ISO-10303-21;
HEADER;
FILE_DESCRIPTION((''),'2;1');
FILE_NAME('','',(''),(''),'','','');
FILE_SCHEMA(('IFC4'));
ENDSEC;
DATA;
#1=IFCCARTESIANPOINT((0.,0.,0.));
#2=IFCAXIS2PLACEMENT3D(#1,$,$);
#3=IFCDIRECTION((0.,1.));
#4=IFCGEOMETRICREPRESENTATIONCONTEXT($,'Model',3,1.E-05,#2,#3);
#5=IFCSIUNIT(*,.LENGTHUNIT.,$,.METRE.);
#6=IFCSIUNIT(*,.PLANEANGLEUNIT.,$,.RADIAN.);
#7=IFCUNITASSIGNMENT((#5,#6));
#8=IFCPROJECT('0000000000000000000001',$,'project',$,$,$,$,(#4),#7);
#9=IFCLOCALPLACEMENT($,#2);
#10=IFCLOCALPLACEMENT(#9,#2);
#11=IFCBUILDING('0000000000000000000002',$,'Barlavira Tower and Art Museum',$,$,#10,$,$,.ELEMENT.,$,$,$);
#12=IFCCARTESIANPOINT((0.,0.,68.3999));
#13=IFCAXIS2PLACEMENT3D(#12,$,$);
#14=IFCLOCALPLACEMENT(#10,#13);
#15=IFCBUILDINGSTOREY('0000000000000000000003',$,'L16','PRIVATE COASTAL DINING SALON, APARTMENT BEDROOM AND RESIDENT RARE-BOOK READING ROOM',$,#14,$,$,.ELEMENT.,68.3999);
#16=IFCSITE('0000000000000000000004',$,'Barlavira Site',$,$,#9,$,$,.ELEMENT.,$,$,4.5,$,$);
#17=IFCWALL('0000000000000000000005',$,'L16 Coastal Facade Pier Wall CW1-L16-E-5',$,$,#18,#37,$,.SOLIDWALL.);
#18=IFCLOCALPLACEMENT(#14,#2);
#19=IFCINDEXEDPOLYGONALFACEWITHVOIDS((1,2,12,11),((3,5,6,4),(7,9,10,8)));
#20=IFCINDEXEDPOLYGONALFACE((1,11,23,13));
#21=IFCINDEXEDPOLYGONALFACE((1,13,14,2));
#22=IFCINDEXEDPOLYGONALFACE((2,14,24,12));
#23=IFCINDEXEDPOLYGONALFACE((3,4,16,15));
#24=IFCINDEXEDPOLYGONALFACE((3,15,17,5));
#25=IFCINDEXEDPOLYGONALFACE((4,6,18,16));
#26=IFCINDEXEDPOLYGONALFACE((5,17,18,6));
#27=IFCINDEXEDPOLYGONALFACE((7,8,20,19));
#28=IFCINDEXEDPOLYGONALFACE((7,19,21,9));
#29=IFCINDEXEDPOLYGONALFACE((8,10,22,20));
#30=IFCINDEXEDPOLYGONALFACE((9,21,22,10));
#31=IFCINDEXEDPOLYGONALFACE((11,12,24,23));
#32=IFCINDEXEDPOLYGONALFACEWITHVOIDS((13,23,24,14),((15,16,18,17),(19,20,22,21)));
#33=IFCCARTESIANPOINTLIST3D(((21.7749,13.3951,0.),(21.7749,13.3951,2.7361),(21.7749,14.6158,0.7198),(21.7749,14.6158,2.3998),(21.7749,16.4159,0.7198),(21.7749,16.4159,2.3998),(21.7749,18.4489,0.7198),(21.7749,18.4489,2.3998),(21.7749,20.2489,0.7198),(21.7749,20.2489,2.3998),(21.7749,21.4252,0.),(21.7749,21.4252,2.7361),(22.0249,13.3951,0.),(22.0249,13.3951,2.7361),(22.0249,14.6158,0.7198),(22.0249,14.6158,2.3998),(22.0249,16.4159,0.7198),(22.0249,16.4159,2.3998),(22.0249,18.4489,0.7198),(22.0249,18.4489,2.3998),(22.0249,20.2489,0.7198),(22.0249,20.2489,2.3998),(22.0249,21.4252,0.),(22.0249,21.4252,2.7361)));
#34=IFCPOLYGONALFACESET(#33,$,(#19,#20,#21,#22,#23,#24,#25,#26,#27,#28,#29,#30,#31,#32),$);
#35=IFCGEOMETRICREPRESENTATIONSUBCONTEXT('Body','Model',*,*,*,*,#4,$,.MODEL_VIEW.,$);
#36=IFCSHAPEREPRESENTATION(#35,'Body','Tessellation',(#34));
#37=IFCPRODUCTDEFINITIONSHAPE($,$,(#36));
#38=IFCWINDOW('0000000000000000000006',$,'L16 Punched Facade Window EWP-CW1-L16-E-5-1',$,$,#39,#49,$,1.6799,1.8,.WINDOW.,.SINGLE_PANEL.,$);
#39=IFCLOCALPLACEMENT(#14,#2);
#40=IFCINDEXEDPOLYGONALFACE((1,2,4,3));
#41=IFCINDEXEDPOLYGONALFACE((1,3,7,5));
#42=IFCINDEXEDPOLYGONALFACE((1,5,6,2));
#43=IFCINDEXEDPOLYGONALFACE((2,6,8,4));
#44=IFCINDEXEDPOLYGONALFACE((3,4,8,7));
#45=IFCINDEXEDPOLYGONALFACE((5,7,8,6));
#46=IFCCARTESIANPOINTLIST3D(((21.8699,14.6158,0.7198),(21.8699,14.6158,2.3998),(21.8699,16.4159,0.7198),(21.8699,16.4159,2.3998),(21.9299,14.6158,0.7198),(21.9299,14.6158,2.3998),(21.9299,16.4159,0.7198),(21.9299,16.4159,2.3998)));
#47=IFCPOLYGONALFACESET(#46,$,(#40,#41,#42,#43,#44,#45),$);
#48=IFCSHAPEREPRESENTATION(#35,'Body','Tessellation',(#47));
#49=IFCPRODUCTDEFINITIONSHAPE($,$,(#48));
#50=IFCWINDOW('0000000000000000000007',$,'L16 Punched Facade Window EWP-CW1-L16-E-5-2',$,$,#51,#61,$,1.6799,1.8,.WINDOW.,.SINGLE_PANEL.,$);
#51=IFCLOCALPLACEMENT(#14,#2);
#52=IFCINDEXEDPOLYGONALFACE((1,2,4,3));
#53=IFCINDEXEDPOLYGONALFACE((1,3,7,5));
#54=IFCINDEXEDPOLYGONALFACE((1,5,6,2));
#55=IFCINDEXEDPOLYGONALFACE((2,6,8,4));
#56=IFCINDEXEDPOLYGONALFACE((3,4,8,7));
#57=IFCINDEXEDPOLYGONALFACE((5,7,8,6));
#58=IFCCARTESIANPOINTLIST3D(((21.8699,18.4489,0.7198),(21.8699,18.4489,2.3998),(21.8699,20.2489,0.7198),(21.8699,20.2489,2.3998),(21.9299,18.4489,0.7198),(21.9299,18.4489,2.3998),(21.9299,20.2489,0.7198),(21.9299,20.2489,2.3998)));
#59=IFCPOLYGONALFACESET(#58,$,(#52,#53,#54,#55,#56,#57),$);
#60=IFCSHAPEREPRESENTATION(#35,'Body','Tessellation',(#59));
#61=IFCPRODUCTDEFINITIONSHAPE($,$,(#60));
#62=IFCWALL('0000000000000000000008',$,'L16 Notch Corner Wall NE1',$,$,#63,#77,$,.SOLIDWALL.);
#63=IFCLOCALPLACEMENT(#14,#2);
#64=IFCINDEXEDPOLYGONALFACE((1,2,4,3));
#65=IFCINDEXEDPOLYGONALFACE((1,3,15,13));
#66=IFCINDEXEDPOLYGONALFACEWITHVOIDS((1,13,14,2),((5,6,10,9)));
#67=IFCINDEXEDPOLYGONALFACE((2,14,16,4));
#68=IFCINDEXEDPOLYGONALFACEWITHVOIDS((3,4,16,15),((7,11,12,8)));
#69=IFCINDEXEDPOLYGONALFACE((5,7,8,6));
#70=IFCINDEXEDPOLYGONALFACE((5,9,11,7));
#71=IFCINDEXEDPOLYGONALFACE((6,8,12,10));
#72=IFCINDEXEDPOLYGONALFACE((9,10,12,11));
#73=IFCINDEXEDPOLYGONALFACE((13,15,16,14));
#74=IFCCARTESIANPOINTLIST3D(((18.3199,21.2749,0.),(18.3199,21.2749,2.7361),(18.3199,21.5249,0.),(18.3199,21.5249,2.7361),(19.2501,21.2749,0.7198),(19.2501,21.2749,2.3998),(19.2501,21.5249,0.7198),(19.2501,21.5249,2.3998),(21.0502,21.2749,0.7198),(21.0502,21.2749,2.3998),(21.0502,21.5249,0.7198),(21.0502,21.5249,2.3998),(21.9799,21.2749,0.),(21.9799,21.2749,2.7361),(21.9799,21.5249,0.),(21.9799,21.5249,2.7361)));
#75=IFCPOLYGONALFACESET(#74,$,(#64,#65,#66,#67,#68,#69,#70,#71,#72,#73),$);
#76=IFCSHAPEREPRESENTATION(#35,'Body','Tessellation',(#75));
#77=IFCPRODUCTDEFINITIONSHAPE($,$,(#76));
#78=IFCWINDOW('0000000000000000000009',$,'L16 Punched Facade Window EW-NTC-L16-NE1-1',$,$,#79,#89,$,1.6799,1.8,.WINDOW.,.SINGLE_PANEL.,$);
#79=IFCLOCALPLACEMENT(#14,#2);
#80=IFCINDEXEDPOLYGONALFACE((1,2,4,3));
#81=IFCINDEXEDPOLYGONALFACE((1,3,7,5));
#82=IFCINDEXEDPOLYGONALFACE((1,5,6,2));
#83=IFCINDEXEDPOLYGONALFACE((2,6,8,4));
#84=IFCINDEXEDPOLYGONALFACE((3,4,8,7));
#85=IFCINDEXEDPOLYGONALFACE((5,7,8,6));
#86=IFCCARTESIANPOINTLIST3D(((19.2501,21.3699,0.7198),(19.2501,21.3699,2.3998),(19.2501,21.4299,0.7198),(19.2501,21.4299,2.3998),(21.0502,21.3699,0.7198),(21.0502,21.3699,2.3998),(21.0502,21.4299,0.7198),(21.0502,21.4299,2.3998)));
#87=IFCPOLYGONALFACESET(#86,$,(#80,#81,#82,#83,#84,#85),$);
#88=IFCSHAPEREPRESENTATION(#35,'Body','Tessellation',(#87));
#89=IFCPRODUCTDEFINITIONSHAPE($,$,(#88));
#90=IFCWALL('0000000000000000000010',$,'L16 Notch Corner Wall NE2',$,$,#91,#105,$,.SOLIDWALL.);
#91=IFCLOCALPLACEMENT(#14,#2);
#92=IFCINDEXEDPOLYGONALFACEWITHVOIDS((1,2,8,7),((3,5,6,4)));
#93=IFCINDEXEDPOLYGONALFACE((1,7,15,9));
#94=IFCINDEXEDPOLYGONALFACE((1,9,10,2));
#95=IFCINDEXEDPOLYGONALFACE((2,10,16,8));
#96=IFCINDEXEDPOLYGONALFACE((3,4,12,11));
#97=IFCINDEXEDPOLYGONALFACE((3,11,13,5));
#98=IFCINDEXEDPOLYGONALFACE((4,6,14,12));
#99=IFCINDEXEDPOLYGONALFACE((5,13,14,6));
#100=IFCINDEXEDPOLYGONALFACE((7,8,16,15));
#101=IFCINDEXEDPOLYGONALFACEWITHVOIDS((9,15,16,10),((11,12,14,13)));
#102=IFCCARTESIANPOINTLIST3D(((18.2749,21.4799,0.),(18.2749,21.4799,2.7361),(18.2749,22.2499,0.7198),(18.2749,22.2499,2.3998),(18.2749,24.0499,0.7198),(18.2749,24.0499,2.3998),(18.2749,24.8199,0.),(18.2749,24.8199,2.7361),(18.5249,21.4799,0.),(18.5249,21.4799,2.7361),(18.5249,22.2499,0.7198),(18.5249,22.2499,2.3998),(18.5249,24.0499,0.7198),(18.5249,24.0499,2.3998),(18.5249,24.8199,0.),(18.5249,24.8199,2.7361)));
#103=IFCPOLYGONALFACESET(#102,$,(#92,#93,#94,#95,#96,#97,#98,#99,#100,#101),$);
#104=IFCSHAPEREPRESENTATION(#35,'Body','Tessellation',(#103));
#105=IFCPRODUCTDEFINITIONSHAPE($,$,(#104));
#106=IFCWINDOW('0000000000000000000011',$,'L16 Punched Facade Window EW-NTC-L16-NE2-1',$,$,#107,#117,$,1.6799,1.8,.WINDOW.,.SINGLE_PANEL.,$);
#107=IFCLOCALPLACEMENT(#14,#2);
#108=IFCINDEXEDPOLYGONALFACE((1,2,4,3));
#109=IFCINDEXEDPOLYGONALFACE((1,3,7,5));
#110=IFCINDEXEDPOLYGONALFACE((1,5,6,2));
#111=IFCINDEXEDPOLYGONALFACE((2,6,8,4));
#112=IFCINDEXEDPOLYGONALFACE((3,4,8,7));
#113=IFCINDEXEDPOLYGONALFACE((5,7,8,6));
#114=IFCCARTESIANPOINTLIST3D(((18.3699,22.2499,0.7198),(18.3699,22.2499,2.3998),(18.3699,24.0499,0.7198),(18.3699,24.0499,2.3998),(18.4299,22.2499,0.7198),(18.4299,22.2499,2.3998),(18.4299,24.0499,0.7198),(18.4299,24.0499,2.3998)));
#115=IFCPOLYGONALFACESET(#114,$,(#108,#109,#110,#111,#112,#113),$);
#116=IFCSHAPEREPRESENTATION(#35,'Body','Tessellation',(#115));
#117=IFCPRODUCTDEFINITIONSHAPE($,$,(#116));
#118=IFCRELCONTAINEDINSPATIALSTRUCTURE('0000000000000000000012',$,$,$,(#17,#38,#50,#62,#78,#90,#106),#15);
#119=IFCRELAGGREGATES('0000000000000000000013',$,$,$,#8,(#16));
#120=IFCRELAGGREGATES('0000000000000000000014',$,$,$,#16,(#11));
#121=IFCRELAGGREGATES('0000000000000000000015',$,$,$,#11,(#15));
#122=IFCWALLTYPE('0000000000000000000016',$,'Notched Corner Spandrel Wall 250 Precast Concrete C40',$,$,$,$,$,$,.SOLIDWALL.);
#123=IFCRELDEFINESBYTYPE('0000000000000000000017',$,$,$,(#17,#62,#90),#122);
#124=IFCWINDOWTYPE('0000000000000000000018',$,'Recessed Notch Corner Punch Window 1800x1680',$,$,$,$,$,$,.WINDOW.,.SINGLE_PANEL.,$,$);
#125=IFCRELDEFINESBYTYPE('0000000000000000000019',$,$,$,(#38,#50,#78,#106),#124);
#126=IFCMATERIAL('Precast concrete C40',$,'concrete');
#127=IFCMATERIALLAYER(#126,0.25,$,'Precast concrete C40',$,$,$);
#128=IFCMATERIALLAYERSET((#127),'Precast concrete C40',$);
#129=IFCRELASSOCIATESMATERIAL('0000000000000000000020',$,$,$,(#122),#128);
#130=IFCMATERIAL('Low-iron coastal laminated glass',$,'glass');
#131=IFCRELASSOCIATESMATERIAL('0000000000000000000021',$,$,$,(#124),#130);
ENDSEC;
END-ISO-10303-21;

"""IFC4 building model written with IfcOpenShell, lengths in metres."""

from ifc_helpers import new_model, si_unit, direction, frame, frame_2d, origin, place, context, subcontext, project, spatial, rectangle, extrude, material, layer, layer_set, type_object, element, fill, save


model = new_model("IFC4")

# Units and contexts
model_context = context("Model", 3, precision=1e-05, world=origin(), true_north=direction((0.0, 1.0)))
body_context = subcontext(model_context, "Body", "Model", "MODEL_VIEW")
ifc_project = project(units=[si_unit("LENGTHUNIT", "METRE"), si_unit("PLANEANGLEUNIT", "RADIAN")], contexts=[model_context])

# Site, building, storey
site_placement = place(None, origin())
site = spatial("IfcSite", under=ifc_project, at=site_placement, Name="Barlavira Site", CompositionType="ELEMENT", RefElevation=4.5)
building_placement = place(site_placement, origin())
building = spatial("IfcBuilding", under=site, at=building_placement, Name="Barlavira Tower and Art Museum", CompositionType="ELEMENT")
storey_placement = place(building_placement, frame((0.0, 0.0, 68.3999)))
storey = spatial("IfcBuildingStorey", under=building, at=storey_placement, Name="L16", Description="PRIVATE COASTAL DINING SALON, APARTMENT BEDROOM AND RESIDENT RARE-BOOK READING ROOM", CompositionType="ELEMENT", Elevation=68.3999)

# Shared definitions
ifc_material_1 = material(Name="Precast concrete C40", Category="concrete")
ifc_layer_1 = layer(ifc_material_1, 0.25, Name="Precast concrete C40")
ifc_layer_set_1 = layer_set([ifc_layer_1], Name="Precast concrete C40")
wall_type_1 = type_object("IfcWallType", Name="Notched Corner Spandrel Wall 250 Precast Concrete C40", PredefinedType="SOLIDWALL", material=ifc_layer_set_1)
ifc_material_2 = material(Name="Low-iron coastal laminated glass", Category="glass")
window_type = type_object("IfcWindowType", Name="Recessed Notch Corner Punch Window 1800x1680", PartitioningType="SINGLE_PANEL", PredefinedType="WINDOW", material=ifc_material_2)

# Wall, openings, windows
wall_1_placement = place(storey_placement, frame((21.8999, 13.395, 0.0), z_axis=(0.0, 0.0, 1.0), x_axis=(0.0, 1.0, 0.0)))
wall_1 = element("IfcWall", 1, at=wall_1_placement, inside=storey, type_object=wall_type_1, Name="L16 Coastal Facade Pier Wall CW1-L16-E-5", PredefinedType="SOLIDWALL", context=body_context, shape_type="SweptSolid", body=[
    extrude(rectangle(XDim=8.03, YDim=0.25, at=frame_2d((4.0151, 0.0))), origin(), (0.0, 0.0, 1.0), 2.7361),
])
opening_1_placement = place(wall_1_placement, frame((1.2209, 0.0, 0.72)))
opening_1 = element("IfcOpeningElement", 2, at=opening_1_placement, cuts=wall_1, PredefinedType="OPENING", context=body_context, shape_type="SweptSolid", body=[
    extrude(rectangle(XDim=1.8, YDim=1.6799, at=frame_2d((0.8999, 0.8398))), frame((0.0, 0.135, 0.0), z_axis=(0.0, -1.0, 0.0), x_axis=(1.0, 0.0, 0.0)), (0.0, 0.0, 1.0), 0.27),
])
opening_2_placement = place(wall_1_placement, frame((5.054, 0.0, 0.72)))
opening_2 = element("IfcOpeningElement", 3, at=opening_2_placement, cuts=wall_1, PredefinedType="OPENING", context=body_context, shape_type="SweptSolid", body=[
    extrude(rectangle(XDim=1.8, YDim=1.6799, at=frame_2d((0.8999, 0.8398))), frame((0.0, 0.135, 0.0), z_axis=(0.0, -1.0, 0.0), x_axis=(1.0, 0.0, 0.0)), (0.0, 0.0, 1.0), 0.27),
])
window_1_placement = place(opening_1_placement, origin())
window_1 = element("IfcWindow", 4, at=window_1_placement, inside=storey, type_object=window_type, Name="L16 Punched Facade Window EWP-CW1-L16-E-5-1", OverallHeight=1.6799, OverallWidth=1.8, PartitioningType="SINGLE_PANEL", PredefinedType="WINDOW", context=body_context, shape_type="SweptSolid", body=[
    extrude(rectangle(XDim=1.8, YDim=1.6799, at=frame_2d((0.8999, 0.8398))), frame((0.0, 0.03, 0.0), z_axis=(0.0, -1.0, 0.0), x_axis=(1.0, 0.0, 0.0)), (0.0, 0.0, 1.0), 0.0601),
])
fill(opening_1, window_1)
window_2_placement = place(opening_2_placement, origin())
window_2 = element("IfcWindow", 5, at=window_2_placement, inside=storey, type_object=window_type, Name="L16 Punched Facade Window EWP-CW1-L16-E-5-2", OverallHeight=1.6799, OverallWidth=1.8, PartitioningType="SINGLE_PANEL", PredefinedType="WINDOW", context=body_context, shape_type="SweptSolid", body=[
    extrude(rectangle(XDim=1.8, YDim=1.6799, at=frame_2d((0.8999, 0.8398))), frame((0.0, 0.03, 0.0), z_axis=(0.0, -1.0, 0.0), x_axis=(1.0, 0.0, 0.0)), (0.0, 0.0, 1.0), 0.0601),
])
fill(opening_2, window_2)

# Walls, openings, windows
wall_2_placement = place(storey_placement, frame((21.98, 21.3999, 0.0), z_axis=(0.0, 0.0, 1.0), x_axis=(-1.0, 0.0, 0.0)))
wall_2 = element("IfcWall", 6, at=wall_2_placement, inside=storey, type_object=wall_type_1, Name="L16 Notch Corner Wall NE1", PredefinedType="SOLIDWALL", context=body_context, shape_type="SweptSolid", body=[
    extrude(rectangle(XDim=3.6599, YDim=0.25, at=frame_2d((1.8301, 0.0))), origin(), (0.0, 0.0, 1.0), 2.7361),
])
opening_3_placement = place(wall_2_placement, frame((0.9299, 0.0, 0.72)))
opening_3 = element("IfcOpeningElement", 7, at=opening_3_placement, cuts=wall_2, PredefinedType="OPENING", context=body_context, shape_type="SweptSolid", body=[
    extrude(rectangle(XDim=1.8, YDim=1.6799, at=frame_2d((0.8999, 0.8398))), frame((0.0, 0.135, 0.0), z_axis=(0.0, -1.0, 0.0), x_axis=(1.0, 0.0, 0.0)), (0.0, 0.0, 1.0), 0.27),
])
window_3_placement = place(opening_3_placement, origin())
window_3 = element("IfcWindow", 8, at=window_3_placement, inside=storey, type_object=window_type, Name="L16 Punched Facade Window EW-NTC-L16-NE1-1", OverallHeight=1.6799, OverallWidth=1.8, PartitioningType="SINGLE_PANEL", PredefinedType="WINDOW", context=body_context, shape_type="SweptSolid", body=[
    extrude(rectangle(XDim=1.8, YDim=1.6799, at=frame_2d((0.8999, 0.8398))), frame((0.0, 0.03, 0.0), z_axis=(0.0, -1.0, 0.0), x_axis=(1.0, 0.0, 0.0)), (0.0, 0.0, 1.0), 0.0601),
])
fill(opening_3, window_3)
wall_3_placement = place(storey_placement, frame((18.3999, 21.48, 0.0), z_axis=(0.0, 0.0, 1.0), x_axis=(0.0, 1.0, 0.0)))
wall_3 = element("IfcWall", 9, at=wall_3_placement, inside=storey, type_object=wall_type_1, Name="L16 Notch Corner Wall NE2", PredefinedType="SOLIDWALL", context=body_context, shape_type="SweptSolid", body=[
    extrude(rectangle(XDim=3.3401, YDim=0.25, at=frame_2d((1.6699, 0.0))), origin(), (0.0, 0.0, 1.0), 2.7361),
])
opening_4_placement = place(wall_3_placement, frame((0.77, 0.0, 0.72)))
opening_4 = element("IfcOpeningElement", 10, at=opening_4_placement, cuts=wall_3, PredefinedType="OPENING", context=body_context, shape_type="SweptSolid", body=[
    extrude(rectangle(XDim=1.8, YDim=1.6799, at=frame_2d((0.8999, 0.8398))), frame((0.0, 0.135, 0.0), z_axis=(0.0, -1.0, 0.0), x_axis=(1.0, 0.0, 0.0)), (0.0, 0.0, 1.0), 0.27),
])
window_4_placement = place(opening_4_placement, origin())
window_4 = element("IfcWindow", 11, at=window_4_placement, inside=storey, type_object=window_type, Name="L16 Punched Facade Window EW-NTC-L16-NE2-1", OverallHeight=1.6799, OverallWidth=1.8, PartitioningType="SINGLE_PANEL", PredefinedType="WINDOW", context=body_context, shape_type="SweptSolid", body=[
    extrude(rectangle(XDim=1.8, YDim=1.6799, at=frame_2d((0.8999, 0.8398))), frame((0.0, 0.03, 0.0), z_axis=(0.0, -1.0, 0.0), x_axis=(1.0, 0.0, 0.0)), (0.0, 0.0, 1.0), 0.0601),
])
fill(opening_4, window_4)

save(model, "model.ifc")
